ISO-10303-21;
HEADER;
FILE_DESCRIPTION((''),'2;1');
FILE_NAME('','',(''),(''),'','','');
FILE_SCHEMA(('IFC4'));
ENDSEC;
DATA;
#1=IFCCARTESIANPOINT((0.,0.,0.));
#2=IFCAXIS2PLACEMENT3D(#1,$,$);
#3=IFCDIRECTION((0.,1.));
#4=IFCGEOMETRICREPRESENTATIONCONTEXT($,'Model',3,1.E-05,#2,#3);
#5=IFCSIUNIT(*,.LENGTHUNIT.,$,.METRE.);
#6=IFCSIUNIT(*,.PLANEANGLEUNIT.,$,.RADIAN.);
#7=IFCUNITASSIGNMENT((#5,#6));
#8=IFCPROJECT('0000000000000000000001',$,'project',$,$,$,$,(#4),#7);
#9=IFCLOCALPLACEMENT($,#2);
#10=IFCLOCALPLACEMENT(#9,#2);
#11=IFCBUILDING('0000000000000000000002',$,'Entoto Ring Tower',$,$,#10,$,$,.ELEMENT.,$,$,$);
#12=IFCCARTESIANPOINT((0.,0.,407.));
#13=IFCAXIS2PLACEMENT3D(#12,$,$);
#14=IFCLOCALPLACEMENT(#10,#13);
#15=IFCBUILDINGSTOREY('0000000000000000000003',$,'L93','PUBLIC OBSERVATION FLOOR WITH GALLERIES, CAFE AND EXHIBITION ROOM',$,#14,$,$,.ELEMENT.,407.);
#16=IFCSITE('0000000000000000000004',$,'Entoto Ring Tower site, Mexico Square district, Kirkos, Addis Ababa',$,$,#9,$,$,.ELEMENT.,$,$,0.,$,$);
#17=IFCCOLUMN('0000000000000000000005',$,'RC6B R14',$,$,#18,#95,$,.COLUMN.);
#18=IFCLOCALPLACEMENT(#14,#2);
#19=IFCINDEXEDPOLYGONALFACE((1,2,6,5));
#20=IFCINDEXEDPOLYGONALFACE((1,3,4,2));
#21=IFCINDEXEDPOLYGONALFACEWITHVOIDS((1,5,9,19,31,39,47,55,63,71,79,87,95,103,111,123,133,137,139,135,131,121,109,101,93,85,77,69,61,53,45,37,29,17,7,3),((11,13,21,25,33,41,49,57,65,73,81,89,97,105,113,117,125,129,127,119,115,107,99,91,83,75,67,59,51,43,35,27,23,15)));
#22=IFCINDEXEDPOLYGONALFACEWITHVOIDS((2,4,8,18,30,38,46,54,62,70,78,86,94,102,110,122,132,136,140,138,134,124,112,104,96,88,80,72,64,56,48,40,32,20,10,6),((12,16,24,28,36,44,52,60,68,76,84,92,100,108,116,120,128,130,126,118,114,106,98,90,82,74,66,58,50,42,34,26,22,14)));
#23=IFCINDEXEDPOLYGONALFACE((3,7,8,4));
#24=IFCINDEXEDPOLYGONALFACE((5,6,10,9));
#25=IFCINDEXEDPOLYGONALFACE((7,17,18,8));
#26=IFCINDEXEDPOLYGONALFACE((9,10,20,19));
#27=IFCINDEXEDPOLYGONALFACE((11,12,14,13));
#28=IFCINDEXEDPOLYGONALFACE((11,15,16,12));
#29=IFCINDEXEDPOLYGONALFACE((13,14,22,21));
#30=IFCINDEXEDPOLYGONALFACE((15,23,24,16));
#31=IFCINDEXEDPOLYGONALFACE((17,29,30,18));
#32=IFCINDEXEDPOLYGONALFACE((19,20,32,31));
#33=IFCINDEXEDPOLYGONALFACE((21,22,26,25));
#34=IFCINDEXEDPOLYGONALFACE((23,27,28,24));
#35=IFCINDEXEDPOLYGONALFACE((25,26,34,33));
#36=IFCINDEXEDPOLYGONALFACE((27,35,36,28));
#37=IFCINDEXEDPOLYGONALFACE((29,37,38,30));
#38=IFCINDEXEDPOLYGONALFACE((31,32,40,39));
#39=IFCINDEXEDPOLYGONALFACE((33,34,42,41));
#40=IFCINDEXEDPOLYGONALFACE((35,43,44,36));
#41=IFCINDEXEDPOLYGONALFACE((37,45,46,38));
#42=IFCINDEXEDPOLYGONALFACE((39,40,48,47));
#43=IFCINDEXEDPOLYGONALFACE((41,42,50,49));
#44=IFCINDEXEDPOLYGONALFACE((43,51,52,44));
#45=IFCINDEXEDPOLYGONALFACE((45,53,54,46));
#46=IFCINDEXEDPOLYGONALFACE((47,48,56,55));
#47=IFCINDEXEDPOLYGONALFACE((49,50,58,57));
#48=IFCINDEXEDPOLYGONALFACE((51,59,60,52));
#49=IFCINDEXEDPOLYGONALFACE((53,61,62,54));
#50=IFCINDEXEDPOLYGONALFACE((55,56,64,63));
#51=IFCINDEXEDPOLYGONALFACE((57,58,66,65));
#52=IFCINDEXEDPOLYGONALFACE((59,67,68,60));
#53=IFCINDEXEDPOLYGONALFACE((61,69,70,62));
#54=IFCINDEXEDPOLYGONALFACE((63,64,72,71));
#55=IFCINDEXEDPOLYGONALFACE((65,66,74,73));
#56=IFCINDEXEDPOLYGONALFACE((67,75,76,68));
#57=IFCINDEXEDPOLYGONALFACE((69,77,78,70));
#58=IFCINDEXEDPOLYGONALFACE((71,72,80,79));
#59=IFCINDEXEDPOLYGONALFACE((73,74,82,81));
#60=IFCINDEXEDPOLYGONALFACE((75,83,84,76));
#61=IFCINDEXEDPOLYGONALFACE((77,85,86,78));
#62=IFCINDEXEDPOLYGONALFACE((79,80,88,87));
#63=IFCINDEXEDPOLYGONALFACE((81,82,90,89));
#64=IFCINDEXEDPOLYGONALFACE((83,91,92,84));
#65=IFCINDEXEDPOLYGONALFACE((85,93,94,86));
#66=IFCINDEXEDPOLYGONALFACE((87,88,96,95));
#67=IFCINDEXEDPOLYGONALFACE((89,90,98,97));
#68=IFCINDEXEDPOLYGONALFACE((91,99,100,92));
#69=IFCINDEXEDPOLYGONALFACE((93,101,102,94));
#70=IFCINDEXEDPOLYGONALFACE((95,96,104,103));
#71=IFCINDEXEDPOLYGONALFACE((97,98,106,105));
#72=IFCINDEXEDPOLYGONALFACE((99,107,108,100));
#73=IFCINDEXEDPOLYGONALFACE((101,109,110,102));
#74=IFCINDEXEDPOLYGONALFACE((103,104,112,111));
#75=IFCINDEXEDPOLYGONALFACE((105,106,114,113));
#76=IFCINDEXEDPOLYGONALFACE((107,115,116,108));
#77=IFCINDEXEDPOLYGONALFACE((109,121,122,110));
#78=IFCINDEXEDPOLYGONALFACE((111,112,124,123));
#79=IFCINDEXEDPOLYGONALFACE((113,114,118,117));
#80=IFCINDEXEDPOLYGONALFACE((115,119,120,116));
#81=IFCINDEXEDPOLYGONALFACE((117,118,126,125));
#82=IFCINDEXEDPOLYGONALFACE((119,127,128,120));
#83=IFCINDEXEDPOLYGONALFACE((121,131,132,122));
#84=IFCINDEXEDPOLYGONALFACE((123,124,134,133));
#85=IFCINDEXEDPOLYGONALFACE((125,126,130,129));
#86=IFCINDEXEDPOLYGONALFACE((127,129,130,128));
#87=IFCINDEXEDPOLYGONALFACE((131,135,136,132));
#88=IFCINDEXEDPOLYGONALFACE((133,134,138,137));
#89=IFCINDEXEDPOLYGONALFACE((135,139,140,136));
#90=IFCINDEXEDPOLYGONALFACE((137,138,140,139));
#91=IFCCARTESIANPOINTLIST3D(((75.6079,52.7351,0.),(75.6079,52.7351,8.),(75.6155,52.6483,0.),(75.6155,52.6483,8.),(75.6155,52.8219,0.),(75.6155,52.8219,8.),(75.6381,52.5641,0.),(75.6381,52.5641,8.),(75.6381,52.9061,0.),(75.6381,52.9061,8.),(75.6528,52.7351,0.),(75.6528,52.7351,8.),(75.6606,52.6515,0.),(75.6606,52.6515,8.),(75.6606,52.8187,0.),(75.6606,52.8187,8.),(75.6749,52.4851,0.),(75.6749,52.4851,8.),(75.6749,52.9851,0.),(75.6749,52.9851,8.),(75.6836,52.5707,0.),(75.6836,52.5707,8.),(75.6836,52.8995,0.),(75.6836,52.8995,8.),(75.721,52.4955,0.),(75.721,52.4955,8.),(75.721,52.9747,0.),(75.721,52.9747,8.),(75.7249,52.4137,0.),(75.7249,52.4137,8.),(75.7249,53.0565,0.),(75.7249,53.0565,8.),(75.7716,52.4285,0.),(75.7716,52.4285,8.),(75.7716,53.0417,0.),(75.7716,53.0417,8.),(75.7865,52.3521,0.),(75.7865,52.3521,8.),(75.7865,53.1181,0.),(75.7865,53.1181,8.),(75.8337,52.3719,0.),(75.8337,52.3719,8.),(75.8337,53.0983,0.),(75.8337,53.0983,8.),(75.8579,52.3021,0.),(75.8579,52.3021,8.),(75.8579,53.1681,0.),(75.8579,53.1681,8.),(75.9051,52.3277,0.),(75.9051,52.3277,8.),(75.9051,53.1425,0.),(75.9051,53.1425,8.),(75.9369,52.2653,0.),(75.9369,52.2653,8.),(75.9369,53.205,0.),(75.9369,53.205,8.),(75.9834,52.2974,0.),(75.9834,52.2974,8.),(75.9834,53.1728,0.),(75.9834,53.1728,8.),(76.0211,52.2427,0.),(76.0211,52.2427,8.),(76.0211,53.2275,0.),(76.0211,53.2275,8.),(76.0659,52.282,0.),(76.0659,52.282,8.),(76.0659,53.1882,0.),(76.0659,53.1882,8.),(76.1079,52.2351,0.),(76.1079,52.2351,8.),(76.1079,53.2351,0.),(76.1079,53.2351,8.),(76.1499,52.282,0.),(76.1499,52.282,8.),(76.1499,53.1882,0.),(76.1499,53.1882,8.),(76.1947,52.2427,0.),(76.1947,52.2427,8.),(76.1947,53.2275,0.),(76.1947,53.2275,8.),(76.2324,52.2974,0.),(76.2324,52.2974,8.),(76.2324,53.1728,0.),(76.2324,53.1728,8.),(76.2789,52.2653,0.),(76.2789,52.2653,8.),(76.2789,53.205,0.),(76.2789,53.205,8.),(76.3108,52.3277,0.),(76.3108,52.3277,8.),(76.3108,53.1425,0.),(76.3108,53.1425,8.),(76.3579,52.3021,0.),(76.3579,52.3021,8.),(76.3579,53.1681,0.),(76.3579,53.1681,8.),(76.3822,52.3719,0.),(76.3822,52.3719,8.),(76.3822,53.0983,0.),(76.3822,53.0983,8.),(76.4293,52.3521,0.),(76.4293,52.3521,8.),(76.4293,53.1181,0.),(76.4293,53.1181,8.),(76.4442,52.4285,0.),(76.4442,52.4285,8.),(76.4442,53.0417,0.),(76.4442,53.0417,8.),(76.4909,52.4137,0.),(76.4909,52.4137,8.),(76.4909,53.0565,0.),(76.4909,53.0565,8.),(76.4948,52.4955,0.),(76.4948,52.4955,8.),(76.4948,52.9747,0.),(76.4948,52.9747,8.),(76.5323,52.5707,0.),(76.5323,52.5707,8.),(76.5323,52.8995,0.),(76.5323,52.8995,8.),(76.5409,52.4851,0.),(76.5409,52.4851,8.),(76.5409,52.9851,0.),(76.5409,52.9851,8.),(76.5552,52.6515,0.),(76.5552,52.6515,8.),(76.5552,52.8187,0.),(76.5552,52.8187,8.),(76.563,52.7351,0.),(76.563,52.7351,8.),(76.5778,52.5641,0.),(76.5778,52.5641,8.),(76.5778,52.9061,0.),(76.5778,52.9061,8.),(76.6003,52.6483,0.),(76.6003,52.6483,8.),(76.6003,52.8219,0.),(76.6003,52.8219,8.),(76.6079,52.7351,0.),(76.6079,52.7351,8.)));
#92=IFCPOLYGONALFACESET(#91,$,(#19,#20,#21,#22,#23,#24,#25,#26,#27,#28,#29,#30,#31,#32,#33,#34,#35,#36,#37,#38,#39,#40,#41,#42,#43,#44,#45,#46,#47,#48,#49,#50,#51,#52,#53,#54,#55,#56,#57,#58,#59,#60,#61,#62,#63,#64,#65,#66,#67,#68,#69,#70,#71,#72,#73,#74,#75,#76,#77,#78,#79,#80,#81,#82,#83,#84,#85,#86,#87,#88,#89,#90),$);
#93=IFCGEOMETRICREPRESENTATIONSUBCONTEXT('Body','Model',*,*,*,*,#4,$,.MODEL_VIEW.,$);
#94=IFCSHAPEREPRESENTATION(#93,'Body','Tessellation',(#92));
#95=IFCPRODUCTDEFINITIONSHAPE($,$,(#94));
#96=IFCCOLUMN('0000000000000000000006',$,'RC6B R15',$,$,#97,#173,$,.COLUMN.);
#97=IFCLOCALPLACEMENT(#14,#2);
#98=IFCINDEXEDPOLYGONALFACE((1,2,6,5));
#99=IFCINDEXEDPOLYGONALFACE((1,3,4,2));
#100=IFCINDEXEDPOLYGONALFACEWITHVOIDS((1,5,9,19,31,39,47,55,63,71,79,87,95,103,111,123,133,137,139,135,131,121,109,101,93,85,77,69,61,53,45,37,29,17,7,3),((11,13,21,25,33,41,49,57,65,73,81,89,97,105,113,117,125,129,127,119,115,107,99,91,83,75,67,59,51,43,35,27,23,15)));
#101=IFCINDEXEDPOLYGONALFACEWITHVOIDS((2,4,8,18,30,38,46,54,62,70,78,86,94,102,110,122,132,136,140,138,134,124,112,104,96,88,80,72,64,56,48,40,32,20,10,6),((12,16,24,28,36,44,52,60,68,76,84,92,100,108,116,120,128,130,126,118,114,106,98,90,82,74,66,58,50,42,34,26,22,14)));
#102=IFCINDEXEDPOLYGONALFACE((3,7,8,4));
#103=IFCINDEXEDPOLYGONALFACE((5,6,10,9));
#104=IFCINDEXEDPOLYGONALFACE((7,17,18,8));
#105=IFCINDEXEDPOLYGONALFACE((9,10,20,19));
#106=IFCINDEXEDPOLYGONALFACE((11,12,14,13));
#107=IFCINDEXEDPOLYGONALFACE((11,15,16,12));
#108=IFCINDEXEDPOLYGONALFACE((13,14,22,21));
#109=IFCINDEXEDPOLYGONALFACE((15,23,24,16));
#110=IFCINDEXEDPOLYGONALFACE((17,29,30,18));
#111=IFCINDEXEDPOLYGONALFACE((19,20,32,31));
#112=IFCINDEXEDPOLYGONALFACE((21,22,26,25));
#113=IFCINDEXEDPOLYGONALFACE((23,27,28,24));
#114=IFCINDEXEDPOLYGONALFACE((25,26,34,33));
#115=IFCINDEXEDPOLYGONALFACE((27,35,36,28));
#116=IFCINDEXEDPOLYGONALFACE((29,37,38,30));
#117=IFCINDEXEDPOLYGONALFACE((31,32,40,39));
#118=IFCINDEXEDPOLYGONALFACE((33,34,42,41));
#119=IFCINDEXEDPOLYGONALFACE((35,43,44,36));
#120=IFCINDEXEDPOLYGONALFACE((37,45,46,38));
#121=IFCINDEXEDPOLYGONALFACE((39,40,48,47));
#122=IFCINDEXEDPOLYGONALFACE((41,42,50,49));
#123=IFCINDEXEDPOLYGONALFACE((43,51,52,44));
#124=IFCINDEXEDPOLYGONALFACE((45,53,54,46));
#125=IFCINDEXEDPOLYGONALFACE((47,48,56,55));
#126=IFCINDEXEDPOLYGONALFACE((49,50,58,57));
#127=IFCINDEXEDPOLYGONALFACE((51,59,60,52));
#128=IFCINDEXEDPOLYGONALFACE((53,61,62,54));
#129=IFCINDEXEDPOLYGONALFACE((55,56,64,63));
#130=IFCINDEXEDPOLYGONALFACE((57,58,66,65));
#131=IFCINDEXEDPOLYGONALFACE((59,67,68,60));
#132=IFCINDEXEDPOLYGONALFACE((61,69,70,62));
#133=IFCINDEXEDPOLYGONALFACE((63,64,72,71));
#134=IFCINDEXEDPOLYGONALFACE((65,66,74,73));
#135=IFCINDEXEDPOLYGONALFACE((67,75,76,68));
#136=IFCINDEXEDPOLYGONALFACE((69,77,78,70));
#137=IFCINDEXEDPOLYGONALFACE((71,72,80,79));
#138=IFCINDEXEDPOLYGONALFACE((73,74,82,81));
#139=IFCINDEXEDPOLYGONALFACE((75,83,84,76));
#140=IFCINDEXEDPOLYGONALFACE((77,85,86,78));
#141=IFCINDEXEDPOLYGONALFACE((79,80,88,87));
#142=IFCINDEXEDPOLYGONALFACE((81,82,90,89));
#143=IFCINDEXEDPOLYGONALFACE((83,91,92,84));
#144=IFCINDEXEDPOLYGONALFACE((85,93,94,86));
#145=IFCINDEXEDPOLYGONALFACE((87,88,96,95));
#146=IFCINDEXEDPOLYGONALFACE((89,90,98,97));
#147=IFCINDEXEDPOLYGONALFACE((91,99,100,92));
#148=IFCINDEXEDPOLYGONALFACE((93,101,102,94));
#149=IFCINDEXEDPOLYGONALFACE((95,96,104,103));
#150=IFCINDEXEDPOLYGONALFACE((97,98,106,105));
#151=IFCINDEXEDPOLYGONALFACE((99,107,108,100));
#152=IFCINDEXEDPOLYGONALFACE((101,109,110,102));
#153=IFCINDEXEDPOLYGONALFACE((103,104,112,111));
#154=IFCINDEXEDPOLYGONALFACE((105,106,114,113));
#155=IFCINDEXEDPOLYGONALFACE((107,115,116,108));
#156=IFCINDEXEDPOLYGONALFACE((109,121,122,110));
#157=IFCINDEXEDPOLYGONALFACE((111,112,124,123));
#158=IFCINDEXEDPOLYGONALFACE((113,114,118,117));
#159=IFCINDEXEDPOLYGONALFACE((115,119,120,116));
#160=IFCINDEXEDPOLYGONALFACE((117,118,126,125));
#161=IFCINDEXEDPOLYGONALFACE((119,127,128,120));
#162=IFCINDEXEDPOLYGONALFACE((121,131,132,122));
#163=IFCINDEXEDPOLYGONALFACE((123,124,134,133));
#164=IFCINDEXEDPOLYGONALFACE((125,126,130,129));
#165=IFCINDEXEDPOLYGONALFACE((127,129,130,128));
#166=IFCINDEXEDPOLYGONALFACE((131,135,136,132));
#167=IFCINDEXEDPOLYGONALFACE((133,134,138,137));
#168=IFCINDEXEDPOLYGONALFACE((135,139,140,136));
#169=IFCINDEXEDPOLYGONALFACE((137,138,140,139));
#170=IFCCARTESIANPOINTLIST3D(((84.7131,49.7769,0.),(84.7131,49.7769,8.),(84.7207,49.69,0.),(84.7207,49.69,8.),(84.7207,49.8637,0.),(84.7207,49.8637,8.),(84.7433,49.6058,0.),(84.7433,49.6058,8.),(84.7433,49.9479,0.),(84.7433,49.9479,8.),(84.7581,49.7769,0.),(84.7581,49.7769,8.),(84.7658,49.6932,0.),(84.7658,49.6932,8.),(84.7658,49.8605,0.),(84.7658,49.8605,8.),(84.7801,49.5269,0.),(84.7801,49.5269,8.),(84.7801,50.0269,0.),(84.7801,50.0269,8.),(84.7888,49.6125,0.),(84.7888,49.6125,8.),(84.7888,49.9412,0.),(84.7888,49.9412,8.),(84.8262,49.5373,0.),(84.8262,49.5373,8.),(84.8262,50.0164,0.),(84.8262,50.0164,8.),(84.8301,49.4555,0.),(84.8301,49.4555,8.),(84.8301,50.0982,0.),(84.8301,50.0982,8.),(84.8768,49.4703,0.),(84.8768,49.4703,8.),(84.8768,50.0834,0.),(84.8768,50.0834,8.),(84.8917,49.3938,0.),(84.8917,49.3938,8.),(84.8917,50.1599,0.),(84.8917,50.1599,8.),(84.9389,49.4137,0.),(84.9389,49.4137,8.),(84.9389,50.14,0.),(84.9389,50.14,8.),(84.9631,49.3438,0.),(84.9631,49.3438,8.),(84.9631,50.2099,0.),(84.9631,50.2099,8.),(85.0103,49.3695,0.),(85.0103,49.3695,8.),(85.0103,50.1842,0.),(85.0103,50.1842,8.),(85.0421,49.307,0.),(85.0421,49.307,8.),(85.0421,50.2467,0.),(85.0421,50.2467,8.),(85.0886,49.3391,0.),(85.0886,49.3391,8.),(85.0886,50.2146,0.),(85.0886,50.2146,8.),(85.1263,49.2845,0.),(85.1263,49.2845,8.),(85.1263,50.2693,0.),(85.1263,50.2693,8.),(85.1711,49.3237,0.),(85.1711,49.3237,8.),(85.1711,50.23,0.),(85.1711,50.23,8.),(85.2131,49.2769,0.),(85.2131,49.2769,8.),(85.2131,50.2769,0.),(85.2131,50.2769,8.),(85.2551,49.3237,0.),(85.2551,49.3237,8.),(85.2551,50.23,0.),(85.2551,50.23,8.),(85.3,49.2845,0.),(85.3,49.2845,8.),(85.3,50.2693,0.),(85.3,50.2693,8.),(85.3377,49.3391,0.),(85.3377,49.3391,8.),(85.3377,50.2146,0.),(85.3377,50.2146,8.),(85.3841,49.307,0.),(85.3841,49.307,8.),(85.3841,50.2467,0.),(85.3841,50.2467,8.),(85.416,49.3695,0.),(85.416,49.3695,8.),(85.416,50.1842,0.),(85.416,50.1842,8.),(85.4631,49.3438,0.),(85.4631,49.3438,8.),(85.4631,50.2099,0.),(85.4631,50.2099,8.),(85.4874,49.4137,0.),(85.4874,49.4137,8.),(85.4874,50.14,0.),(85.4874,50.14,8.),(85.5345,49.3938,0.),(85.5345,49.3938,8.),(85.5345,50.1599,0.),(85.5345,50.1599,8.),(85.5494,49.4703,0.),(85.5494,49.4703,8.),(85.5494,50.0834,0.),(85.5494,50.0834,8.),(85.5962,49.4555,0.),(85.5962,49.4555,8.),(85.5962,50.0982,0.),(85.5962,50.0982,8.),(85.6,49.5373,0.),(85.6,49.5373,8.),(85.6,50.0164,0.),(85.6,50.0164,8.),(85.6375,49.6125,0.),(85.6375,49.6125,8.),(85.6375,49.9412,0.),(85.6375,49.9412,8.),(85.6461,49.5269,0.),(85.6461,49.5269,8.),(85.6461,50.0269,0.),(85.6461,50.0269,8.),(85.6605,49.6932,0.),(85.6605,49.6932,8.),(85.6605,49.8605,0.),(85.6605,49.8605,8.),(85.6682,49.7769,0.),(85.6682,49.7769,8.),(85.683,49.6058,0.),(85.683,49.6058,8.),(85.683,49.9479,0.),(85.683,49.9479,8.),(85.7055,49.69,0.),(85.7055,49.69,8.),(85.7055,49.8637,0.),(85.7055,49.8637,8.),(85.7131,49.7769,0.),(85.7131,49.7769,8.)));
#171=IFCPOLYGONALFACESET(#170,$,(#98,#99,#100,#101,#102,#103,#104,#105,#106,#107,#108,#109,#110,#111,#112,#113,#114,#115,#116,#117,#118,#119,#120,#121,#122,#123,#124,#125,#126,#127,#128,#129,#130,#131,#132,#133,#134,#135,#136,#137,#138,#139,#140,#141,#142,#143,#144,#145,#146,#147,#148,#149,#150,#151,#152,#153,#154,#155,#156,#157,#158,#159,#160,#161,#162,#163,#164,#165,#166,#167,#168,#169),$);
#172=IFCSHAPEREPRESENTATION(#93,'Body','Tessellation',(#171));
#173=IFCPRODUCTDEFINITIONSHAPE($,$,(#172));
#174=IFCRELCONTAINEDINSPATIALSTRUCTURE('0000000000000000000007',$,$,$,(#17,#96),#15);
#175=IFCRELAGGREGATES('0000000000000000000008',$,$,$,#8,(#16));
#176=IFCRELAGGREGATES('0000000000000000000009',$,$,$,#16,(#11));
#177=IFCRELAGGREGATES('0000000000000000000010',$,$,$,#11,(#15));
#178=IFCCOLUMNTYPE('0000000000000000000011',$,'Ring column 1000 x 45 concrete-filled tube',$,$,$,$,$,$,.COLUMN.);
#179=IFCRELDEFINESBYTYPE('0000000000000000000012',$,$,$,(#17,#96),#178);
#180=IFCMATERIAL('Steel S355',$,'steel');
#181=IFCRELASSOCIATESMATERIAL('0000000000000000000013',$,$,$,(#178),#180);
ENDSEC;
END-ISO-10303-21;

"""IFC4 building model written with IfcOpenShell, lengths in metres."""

from ifc_helpers import new_model, si_unit, direction, frame, origin, origin_2d, place, context, subcontext, project, spatial, circle, hollow_circle, extrude, material, material_profile, profile_set, type_object, element, save


model = new_model("IFC4")

# Units and contexts
model_context = context("Model", 3, precision=1e-05, world=origin(), true_north=direction((0.0, 1.0)))
body_context = subcontext(model_context, "Body", "Model", "MODEL_VIEW")
ifc_project = project(units=[si_unit("LENGTHUNIT", "METRE"), si_unit("PLANEANGLEUNIT", "RADIAN")], contexts=[model_context])

# Site, building, storey
site_placement = place(None, origin())
site = spatial("IfcSite", under=ifc_project, at=site_placement, Name="Entoto Ring Tower site, Mexico Square district, Kirkos, Addis Ababa", CompositionType="ELEMENT", RefElevation=0.0)
building_placement = place(site_placement, origin())
building = spatial("IfcBuilding", under=site, at=building_placement, Name="Entoto Ring Tower", CompositionType="ELEMENT")
storey_placement = place(building_placement, frame((0.0, 0.0, 407.0)))
storey = spatial("IfcBuildingStorey", under=building, at=storey_placement, Name="L93", Description="PUBLIC OBSERVATION FLOOR WITH GALLERIES, CAFE AND EXHIBITION ROOM", CompositionType="ELEMENT", Elevation=407.0)

# Columns
ifc_material_1 = material(Name="Steel S355", Category="steel")
ifc_material_profile_1 = material_profile(ifc_material_1, hollow_circle(Radius=0.5, WallThickness=0.0449, at=origin_2d()), Name="CHS 1000 x 45")
ifc_material_2 = material(Name="Concrete C60/75", Category="concrete")
ifc_material_profile_2 = material_profile(ifc_material_2, circle(Radius=0.4551, at=origin_2d()), Name="Concrete C60/75 infill")
ifc_profile_set_1 = profile_set([ifc_material_profile_1, ifc_material_profile_2], Name="Steel S355")
column_type = type_object("IfcColumnType", Name="Ring column 1000 x 45 concrete-filled tube", PredefinedType="COLUMN", material=ifc_profile_set_1)
for number, where, z_axis, x_axis, name in (
    (1, (76.1079, 52.7351, 0.0), (0.0, 0.0, 1.0), (1.0, 0.0, 0.0), "RC6B R14"),
    (2, (85.2131, 49.7769, 0.0), (0.0, 0.0, 1.0), (1.0, 0.0, 0.0), "RC6B R15"),
):
    element("IfcColumn", number, at=place(storey_placement, frame(where, z_axis=z_axis, x_axis=x_axis)), inside=storey, type_object=column_type, Name=name, PredefinedType="COLUMN", context=body_context, shape_type="SweptSolid", body=[
        extrude(hollow_circle(Radius=0.5, WallThickness=0.0449, at=origin_2d()), origin(), (0.0, 0.0, 1.0), 8.0),
    ])

save(model, "model.ifc")
